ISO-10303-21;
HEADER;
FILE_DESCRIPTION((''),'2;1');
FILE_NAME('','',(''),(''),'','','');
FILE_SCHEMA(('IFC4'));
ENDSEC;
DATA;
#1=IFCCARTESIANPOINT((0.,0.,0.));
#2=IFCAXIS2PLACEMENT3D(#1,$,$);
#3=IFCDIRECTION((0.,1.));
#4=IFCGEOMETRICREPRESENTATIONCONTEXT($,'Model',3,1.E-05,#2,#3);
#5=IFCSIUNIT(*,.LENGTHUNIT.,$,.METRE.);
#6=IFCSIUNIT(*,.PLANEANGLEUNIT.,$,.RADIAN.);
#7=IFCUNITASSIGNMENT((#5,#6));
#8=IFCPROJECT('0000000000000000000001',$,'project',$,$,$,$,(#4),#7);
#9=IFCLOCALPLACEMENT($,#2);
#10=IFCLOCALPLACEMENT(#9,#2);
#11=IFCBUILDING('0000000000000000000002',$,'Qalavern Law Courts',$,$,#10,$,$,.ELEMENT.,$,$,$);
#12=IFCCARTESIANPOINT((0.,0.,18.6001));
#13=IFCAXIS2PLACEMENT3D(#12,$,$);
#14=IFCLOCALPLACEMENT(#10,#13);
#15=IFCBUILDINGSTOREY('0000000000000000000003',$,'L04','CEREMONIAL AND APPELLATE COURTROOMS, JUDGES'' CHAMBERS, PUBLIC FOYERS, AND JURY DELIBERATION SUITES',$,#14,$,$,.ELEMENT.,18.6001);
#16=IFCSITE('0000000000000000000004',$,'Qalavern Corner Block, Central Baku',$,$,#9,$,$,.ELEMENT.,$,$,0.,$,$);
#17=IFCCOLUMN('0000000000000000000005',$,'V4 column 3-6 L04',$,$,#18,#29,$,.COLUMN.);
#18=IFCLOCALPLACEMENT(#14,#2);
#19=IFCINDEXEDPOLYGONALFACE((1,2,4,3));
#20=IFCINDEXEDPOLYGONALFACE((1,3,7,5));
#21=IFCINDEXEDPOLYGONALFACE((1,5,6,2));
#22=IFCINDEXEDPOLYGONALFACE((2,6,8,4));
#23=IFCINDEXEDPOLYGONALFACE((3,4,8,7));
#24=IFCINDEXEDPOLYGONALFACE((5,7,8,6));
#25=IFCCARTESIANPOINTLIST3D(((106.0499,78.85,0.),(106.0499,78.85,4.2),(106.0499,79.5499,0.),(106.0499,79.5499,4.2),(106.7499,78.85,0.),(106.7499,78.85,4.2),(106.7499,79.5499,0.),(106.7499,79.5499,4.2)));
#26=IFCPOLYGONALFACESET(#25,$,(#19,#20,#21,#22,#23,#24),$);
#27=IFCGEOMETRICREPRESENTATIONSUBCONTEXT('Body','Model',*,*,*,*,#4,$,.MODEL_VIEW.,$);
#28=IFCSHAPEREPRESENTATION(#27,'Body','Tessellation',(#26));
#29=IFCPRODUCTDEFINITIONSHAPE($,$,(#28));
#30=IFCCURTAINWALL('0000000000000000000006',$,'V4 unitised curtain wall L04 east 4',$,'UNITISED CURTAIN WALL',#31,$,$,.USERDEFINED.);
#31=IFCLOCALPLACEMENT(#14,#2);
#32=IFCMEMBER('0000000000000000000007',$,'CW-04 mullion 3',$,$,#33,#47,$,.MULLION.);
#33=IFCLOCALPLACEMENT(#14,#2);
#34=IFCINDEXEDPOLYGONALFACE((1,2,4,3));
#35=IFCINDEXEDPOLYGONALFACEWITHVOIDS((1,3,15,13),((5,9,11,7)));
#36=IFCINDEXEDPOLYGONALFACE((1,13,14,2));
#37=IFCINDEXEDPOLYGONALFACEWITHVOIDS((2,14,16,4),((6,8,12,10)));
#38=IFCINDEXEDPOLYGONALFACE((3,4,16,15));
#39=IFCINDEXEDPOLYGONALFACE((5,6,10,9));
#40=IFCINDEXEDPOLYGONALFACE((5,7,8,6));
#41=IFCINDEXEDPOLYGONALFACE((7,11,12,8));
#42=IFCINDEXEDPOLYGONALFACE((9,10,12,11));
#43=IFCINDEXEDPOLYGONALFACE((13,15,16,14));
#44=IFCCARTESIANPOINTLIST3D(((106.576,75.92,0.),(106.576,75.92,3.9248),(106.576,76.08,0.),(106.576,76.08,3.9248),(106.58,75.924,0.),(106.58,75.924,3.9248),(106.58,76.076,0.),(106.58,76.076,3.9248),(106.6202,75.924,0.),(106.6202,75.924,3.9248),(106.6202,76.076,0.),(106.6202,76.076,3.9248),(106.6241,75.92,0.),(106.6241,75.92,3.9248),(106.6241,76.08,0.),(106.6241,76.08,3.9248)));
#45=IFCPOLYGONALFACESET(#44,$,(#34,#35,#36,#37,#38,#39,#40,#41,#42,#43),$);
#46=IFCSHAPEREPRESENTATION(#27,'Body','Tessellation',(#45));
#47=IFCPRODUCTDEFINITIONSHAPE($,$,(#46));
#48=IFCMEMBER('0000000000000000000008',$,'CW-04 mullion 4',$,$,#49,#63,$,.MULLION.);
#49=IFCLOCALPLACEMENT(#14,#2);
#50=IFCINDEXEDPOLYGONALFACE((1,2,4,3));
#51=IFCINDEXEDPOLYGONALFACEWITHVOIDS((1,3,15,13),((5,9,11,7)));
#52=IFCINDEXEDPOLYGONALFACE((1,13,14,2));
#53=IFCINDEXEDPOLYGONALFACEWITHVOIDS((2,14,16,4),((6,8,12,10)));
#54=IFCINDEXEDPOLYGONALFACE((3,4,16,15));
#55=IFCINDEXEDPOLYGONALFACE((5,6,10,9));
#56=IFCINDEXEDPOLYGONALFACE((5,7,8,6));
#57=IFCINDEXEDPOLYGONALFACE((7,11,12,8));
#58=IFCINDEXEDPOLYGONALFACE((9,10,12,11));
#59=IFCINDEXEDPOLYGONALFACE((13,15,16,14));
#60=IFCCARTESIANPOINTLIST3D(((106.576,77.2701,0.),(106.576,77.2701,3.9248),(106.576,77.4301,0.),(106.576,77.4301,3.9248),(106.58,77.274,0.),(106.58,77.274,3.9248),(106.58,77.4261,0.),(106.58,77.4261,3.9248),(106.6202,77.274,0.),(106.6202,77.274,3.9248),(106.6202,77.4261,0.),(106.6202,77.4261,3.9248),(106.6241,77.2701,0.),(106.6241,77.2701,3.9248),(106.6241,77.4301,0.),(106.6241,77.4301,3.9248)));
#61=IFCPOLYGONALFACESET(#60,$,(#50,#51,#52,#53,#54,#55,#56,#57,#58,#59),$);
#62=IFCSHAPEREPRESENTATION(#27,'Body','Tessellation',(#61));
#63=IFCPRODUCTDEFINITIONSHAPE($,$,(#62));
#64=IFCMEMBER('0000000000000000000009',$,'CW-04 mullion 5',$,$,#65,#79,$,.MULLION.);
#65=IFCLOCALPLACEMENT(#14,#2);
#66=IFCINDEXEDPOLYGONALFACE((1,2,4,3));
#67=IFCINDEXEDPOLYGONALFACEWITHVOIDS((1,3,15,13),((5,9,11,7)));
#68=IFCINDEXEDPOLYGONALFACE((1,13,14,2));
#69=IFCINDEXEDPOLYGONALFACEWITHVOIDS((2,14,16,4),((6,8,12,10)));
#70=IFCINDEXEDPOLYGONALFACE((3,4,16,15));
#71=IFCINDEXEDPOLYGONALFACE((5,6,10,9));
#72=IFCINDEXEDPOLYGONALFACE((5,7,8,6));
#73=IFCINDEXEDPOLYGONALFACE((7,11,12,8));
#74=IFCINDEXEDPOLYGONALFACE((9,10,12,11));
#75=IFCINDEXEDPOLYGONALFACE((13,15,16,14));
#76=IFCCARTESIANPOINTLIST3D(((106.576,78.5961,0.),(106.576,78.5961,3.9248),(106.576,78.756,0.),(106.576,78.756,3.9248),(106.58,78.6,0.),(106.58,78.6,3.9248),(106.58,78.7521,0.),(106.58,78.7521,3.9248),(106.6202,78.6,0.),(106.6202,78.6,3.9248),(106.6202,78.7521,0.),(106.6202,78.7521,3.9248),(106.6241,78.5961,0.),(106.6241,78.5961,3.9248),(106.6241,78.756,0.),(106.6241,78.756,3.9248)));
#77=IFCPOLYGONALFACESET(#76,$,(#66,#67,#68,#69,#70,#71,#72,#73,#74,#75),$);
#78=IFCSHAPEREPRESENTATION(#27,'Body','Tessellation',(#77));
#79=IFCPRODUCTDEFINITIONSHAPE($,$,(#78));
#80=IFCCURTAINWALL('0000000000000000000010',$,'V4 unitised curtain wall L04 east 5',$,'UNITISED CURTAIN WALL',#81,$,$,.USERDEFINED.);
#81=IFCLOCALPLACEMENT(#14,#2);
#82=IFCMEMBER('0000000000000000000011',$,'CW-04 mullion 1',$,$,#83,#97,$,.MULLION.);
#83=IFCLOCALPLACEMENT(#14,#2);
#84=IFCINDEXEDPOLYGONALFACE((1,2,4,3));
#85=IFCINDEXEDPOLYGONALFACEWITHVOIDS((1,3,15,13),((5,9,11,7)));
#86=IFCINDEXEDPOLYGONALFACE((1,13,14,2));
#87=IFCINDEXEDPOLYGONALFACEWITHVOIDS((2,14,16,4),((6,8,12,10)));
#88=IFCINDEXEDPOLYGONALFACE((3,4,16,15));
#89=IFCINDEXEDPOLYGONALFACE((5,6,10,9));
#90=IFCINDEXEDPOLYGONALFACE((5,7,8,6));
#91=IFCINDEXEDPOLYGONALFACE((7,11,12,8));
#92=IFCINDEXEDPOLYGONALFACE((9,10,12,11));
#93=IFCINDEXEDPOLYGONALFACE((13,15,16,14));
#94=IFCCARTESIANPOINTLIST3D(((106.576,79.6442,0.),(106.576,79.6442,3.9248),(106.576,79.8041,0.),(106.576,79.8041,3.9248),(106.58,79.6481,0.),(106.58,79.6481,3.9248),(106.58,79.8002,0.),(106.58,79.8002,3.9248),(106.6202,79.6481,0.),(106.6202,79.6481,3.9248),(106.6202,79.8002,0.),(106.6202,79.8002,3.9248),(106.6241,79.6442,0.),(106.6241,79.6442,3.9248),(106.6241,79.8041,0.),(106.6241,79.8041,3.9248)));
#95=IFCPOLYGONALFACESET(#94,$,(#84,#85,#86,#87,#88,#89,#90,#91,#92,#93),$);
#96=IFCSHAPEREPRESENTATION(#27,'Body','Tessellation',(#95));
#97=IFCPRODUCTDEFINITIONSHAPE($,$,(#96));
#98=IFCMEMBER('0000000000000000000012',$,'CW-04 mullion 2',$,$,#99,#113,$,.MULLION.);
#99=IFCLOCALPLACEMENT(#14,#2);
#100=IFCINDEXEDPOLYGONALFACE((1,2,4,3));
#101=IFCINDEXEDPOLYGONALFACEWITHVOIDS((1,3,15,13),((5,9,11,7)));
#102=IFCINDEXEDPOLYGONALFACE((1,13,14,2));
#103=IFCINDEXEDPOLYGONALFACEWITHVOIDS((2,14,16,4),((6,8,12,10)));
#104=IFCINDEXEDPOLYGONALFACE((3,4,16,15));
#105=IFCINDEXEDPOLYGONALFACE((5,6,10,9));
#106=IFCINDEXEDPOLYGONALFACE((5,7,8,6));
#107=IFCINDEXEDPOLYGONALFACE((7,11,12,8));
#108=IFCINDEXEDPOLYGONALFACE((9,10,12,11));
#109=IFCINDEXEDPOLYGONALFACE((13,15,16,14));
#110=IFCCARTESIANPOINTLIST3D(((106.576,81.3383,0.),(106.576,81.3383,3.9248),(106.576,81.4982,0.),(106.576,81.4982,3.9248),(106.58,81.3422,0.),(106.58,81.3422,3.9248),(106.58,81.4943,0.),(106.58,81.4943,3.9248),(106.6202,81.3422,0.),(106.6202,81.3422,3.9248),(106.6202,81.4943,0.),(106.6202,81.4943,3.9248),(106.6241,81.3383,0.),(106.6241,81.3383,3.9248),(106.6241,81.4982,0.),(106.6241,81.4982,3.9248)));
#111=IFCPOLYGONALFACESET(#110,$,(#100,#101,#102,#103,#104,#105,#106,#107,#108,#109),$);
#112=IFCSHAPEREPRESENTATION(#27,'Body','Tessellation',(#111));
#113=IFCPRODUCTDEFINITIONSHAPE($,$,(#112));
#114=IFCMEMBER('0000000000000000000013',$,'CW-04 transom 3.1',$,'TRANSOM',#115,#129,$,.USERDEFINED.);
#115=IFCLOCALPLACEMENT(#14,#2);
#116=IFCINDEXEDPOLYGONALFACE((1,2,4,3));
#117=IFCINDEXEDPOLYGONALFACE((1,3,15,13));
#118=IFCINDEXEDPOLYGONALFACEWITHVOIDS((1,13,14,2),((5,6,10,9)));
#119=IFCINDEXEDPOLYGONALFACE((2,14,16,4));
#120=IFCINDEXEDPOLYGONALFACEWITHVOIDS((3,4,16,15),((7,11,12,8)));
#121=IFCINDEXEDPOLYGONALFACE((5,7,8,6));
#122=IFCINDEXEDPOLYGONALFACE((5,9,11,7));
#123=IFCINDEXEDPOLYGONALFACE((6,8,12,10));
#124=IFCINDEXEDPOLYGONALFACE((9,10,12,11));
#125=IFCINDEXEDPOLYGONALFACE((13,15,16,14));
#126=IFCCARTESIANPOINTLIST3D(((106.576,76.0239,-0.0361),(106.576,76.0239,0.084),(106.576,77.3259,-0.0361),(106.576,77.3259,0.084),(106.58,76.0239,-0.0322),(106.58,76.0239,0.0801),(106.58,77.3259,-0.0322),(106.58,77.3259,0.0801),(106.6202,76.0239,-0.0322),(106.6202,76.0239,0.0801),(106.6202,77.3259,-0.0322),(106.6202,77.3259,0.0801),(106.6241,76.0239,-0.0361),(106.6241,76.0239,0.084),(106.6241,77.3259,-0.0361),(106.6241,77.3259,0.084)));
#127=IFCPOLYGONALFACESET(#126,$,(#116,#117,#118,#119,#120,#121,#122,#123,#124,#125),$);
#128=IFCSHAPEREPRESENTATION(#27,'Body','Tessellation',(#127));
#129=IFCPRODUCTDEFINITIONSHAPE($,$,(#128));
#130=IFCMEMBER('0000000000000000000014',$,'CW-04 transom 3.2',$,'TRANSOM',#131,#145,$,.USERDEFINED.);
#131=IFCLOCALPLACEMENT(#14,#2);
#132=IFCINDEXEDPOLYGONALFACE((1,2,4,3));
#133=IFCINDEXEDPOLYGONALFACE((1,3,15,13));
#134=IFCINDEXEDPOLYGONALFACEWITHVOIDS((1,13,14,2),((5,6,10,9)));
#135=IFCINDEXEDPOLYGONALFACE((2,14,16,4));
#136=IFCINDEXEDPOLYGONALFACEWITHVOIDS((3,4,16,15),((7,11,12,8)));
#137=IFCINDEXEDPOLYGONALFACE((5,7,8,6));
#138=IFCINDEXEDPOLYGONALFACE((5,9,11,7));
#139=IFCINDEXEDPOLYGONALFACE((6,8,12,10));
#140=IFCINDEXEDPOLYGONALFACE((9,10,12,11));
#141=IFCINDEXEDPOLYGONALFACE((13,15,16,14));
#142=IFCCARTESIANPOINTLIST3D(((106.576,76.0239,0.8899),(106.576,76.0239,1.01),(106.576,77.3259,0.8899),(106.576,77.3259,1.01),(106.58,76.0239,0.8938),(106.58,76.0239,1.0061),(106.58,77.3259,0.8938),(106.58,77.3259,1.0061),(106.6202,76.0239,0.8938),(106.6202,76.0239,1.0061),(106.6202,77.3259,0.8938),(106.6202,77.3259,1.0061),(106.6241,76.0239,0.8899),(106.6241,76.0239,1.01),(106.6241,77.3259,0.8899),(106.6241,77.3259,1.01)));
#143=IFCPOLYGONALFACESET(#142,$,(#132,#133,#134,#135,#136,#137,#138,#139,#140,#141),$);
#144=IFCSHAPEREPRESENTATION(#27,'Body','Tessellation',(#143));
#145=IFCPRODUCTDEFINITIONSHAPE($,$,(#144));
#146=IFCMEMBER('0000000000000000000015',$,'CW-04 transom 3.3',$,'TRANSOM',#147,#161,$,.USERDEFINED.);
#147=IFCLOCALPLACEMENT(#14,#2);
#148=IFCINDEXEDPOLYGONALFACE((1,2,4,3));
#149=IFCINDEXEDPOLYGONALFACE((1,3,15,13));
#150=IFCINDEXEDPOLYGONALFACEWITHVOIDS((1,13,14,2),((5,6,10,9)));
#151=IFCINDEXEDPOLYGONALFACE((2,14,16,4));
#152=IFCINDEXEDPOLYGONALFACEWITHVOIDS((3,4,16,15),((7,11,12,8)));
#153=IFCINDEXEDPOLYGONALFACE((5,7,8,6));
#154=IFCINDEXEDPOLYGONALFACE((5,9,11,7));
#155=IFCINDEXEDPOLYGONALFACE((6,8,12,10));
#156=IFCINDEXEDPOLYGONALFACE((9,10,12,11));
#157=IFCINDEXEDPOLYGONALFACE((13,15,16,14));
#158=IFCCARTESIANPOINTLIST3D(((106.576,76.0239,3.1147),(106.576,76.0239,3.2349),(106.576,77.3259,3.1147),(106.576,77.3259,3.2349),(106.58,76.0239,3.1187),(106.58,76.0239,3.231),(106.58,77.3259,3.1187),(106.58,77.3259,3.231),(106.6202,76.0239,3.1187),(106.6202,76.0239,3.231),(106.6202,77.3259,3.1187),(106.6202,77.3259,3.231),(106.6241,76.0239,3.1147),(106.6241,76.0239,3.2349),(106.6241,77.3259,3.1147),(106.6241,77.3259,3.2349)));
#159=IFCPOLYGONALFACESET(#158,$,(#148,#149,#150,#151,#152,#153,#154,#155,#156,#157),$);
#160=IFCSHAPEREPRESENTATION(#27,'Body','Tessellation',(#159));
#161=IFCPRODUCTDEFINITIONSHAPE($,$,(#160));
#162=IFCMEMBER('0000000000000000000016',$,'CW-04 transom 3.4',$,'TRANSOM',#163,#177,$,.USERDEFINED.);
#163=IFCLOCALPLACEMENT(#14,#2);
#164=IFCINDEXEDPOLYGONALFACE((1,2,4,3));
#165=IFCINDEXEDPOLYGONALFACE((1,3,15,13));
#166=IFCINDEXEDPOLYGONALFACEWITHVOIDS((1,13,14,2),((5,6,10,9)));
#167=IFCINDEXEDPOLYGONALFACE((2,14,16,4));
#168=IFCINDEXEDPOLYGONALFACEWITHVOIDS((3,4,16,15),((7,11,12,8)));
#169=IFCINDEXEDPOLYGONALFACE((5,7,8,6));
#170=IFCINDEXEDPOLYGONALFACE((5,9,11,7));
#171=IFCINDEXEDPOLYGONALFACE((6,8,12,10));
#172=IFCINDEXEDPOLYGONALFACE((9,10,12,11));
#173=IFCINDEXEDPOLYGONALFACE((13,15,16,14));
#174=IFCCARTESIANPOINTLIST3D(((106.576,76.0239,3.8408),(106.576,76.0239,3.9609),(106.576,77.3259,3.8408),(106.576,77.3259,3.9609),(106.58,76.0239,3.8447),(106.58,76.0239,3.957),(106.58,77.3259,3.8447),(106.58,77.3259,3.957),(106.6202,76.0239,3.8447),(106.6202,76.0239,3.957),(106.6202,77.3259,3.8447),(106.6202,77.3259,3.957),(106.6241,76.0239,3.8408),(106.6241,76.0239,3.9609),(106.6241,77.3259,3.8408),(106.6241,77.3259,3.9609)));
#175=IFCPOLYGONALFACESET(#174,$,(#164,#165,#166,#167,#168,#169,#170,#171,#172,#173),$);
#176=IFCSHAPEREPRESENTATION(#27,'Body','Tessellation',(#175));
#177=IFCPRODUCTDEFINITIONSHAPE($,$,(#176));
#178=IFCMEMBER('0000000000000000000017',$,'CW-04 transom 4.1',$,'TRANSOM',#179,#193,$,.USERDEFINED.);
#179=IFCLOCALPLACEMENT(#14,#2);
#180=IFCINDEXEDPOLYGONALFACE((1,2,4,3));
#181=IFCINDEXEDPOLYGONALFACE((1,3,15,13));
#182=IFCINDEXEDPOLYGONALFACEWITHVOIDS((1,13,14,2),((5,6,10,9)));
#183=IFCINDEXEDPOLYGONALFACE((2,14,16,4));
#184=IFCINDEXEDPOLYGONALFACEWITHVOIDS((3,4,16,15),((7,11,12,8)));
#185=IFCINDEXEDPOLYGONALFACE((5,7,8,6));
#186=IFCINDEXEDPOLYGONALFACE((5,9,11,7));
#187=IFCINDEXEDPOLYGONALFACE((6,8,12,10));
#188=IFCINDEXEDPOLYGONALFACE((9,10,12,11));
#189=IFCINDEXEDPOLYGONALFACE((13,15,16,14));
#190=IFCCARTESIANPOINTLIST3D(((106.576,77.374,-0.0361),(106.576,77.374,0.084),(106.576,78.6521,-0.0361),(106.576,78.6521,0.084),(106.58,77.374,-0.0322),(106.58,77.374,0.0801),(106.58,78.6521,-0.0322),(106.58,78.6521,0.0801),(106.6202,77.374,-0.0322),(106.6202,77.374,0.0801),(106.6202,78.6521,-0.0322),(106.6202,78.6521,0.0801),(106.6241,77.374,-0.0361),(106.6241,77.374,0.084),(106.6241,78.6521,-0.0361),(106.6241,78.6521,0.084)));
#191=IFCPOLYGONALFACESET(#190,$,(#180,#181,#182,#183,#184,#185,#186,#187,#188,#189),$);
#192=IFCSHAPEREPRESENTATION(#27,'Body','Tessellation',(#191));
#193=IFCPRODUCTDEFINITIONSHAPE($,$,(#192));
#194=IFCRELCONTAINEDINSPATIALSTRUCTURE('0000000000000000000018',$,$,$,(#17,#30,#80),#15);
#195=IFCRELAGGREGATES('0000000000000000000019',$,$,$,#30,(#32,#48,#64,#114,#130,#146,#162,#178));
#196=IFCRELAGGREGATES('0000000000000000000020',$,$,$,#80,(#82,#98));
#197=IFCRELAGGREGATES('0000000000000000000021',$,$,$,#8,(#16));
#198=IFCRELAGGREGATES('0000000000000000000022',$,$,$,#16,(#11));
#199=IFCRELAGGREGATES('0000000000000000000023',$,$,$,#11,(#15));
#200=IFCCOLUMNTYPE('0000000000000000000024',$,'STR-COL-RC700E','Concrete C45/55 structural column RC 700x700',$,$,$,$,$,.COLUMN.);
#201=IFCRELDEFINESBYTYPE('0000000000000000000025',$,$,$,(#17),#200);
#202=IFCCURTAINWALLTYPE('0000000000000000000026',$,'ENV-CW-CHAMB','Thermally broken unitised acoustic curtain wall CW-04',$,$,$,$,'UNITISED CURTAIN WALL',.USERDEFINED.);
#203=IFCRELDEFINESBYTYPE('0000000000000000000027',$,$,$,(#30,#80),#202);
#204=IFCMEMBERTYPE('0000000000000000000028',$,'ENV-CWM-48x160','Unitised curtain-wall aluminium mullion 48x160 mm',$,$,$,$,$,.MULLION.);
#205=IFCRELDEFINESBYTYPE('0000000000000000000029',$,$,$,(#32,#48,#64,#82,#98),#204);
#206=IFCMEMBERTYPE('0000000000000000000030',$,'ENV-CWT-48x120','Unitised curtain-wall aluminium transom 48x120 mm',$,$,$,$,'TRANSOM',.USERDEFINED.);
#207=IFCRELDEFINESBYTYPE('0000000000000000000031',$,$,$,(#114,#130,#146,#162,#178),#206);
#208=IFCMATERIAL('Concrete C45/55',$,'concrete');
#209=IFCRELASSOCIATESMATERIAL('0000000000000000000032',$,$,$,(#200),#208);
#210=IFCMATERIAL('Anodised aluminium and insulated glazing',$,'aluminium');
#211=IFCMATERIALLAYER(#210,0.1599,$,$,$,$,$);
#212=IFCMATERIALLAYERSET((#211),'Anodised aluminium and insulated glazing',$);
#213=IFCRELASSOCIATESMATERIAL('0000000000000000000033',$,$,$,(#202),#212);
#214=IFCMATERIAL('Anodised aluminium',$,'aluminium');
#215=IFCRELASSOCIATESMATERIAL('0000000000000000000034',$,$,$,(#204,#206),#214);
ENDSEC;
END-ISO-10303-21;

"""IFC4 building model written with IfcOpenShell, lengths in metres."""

from ifc_helpers import new_model, si_unit, direction, frame, origin, origin_2d, place, context, subcontext, project, spatial, rectangle, hollow_rectangle, extrude, material, layer, layer_set, material_profile, profile_set, type_object, element, aggregate, save


model = new_model("IFC4")

# Units and contexts
model_context = context("Model", 3, precision=1e-05, world=origin(), true_north=direction((0.0, 1.0)))
body_context = subcontext(model_context, "Body", "Model", "MODEL_VIEW")
ifc_project = project(units=[si_unit("LENGTHUNIT", "METRE"), si_unit("PLANEANGLEUNIT", "RADIAN")], contexts=[model_context])

# Site, building, storey
site_placement = place(None, origin())
site = spatial("IfcSite", under=ifc_project, at=site_placement, Name="Qalavern Corner Block, Central Baku", CompositionType="ELEMENT", RefElevation=0.0)
building_placement = place(site_placement, origin())
building = spatial("IfcBuilding", under=site, at=building_placement, Name="Qalavern Law Courts", CompositionType="ELEMENT")
storey_placement = place(building_placement, frame((0.0, 0.0, 18.6001)))
storey = spatial("IfcBuildingStorey", under=building, at=storey_placement, Name="L04", Description="CEREMONIAL AND APPELLATE COURTROOMS, JUDGES' CHAMBERS, PUBLIC FOYERS, AND JURY DELIBERATION SUITES", CompositionType="ELEMENT", Elevation=18.6001)

# Column
ifc_material_1 = material(Name="Concrete C45/55", Category="concrete")
ifc_material_profile_1 = material_profile(ifc_material_1, rectangle(XDim=0.7, YDim=0.7, at=origin_2d()), Name="RC 700x700")
ifc_profile_set_1 = profile_set([ifc_material_profile_1], Name="Concrete C45/55")
column_type = type_object("IfcColumnType", Name="STR-COL-RC700E", Description="Concrete C45/55 structural column RC 700x700", PredefinedType="COLUMN", material=ifc_profile_set_1)
column_placement = place(storey_placement, frame((106.3999, 79.2, 0.0), z_axis=(0.0, 0.0, 1.0), x_axis=(1.0, 0.0, 0.0)))
element("IfcColumn", 1, at=column_placement, inside=storey, type_object=column_type, Name="V4 column 3-6 L04", PredefinedType="COLUMN", context=body_context, shape_type="SweptSolid", body=[
    extrude(rectangle(XDim=0.7, YDim=0.7, at=origin_2d()), origin(), (0.0, 0.0, 1.0), 4.2),
])

# Curtain walls, members
ifc_material_2 = material(Name="Anodised aluminium and insulated glazing", Category="aluminium")
ifc_layer_1 = layer(ifc_material_2, 0.1599)
ifc_layer_set_1 = layer_set([ifc_layer_1], Name="Anodised aluminium and insulated glazing")
curtain_wall_type = type_object("IfcCurtainWallType", Name="ENV-CW-CHAMB", Description="Thermally broken unitised acoustic curtain wall CW-04", ElementType="UNITISED CURTAIN WALL", PredefinedType="USERDEFINED", material=ifc_layer_set_1)
curtain_wall_1_placement = place(storey_placement, origin())
curtain_wall_1 = element("IfcCurtainWall", 2, at=curtain_wall_1_placement, inside=storey, type_object=curtain_wall_type, Name="V4 unitised curtain wall L04 east 4", ObjectType="UNITISED CURTAIN WALL", PredefinedType="USERDEFINED")
ifc_material_3 = material(Name="Anodised aluminium", Category="aluminium")
ifc_material_profile_2 = material_profile(ifc_material_3, hollow_rectangle(XDim=0.0481, YDim=0.1599, WallThickness=0.0039, at=origin_2d()), Name="ALU MULLION 48x160")
ifc_profile_set_2 = profile_set([ifc_material_profile_2], Name="Anodised aluminium")
member_type_1 = type_object("IfcMemberType", Name="ENV-CWM-48x160", Description="Unitised curtain-wall aluminium mullion 48x160 mm", PredefinedType="MULLION", material=ifc_profile_set_2)
member_1_placement = place(storey_placement, frame((106.6001, 76.0, 0.0), z_axis=(0.0, 0.0, 1.0), x_axis=(-1.0, 0.0, 0.0)))
member_1 = element("IfcMember", 3, at=member_1_placement, type_object=member_type_1, Name="CW-04 mullion 3", PredefinedType="MULLION", context=body_context, shape_type="SweptSolid", body=[
    extrude(hollow_rectangle(XDim=0.0481, YDim=0.1599, WallThickness=0.0039, at=origin_2d()), origin(), (0.0, 0.0, 1.0), 3.9248),
])
member_2_placement = place(storey_placement, frame((106.6001, 77.3501, 0.0), z_axis=(0.0, 0.0, 1.0), x_axis=(-1.0, 0.0, 0.0)))
member_2 = element("IfcMember", 4, at=member_2_placement, type_object=member_type_1, Name="CW-04 mullion 4", PredefinedType="MULLION", context=body_context, shape_type="SweptSolid", body=[
    extrude(hollow_rectangle(XDim=0.0481, YDim=0.1599, WallThickness=0.0039, at=origin_2d()), origin(), (0.0, 0.0, 1.0), 3.9248),
])
member_3_placement = place(storey_placement, frame((106.6001, 78.676, 0.0), z_axis=(0.0, 0.0, 1.0), x_axis=(-1.0, 0.0, 0.0)))
member_3 = element("IfcMember", 5, at=member_3_placement, type_object=member_type_1, Name="CW-04 mullion 5", PredefinedType="MULLION", context=body_context, shape_type="SweptSolid", body=[
    extrude(hollow_rectangle(XDim=0.0481, YDim=0.1599, WallThickness=0.0039, at=origin_2d()), origin(), (0.0, 0.0, 1.0), 3.9248),
])
curtain_wall_2_placement = place(storey_placement, origin())
curtain_wall_2 = element("IfcCurtainWall", 6, at=curtain_wall_2_placement, inside=storey, type_object=curtain_wall_type, Name="V4 unitised curtain wall L04 east 5", ObjectType="UNITISED CURTAIN WALL", PredefinedType="USERDEFINED")
member_4_placement = place(storey_placement, frame((106.6001, 79.7241, 0.0), z_axis=(0.0, 0.0, 1.0), x_axis=(-1.0, 0.0, 0.0)))
member_4 = element("IfcMember", 7, at=member_4_placement, type_object=member_type_1, Name="CW-04 mullion 1", PredefinedType="MULLION", context=body_context, shape_type="SweptSolid", body=[
    extrude(hollow_rectangle(XDim=0.0481, YDim=0.1599, WallThickness=0.0039, at=origin_2d()), origin(), (0.0, 0.0, 1.0), 3.9248),
])
member_5_placement = place(storey_placement, frame((106.6001, 81.4182, 0.0), z_axis=(0.0, 0.0, 1.0), x_axis=(-1.0, 0.0, 0.0)))
member_5 = element("IfcMember", 8, at=member_5_placement, type_object=member_type_1, Name="CW-04 mullion 2", PredefinedType="MULLION", context=body_context, shape_type="SweptSolid", body=[
    extrude(hollow_rectangle(XDim=0.0481, YDim=0.1599, WallThickness=0.0039, at=origin_2d()), origin(), (0.0, 0.0, 1.0), 3.9248),
])

# Members
ifc_material_profile_3 = material_profile(ifc_material_3, hollow_rectangle(XDim=0.0481, YDim=0.1201, WallThickness=0.0039, at=origin_2d()), Name="ALU TRANSOM 48x120")
ifc_profile_set_3 = profile_set([ifc_material_profile_3], Name="Anodised aluminium")
member_type_2 = type_object("IfcMemberType", Name="ENV-CWT-48x120", Description="Unitised curtain-wall aluminium transom 48x120 mm", ElementType="TRANSOM", PredefinedType="USERDEFINED", material=ifc_profile_set_3)
member_6_placement = place(storey_placement, frame((106.6001, 76.0239, 0.0239), z_axis=(0.0, 1.0, 0.0), x_axis=(-1.0, 0.0, 0.0)))
member_6 = element("IfcMember", 9, at=member_6_placement, type_object=member_type_2, Name="CW-04 transom 3.1", ObjectType="TRANSOM", PredefinedType="USERDEFINED", context=body_context, shape_type="SweptSolid", body=[
    extrude(hollow_rectangle(XDim=0.0481, YDim=0.1201, WallThickness=0.0039, at=origin_2d()), origin(), (0.0, 0.0, 1.0), 1.302),
])
member_7_placement = place(storey_placement, frame((106.6001, 76.0239, 0.95), z_axis=(0.0, 1.0, 0.0), x_axis=(-1.0, 0.0, 0.0)))
member_7 = element("IfcMember", 10, at=member_7_placement, type_object=member_type_2, Name="CW-04 transom 3.2", ObjectType="TRANSOM", PredefinedType="USERDEFINED", context=body_context, shape_type="SweptSolid", body=[
    extrude(hollow_rectangle(XDim=0.0481, YDim=0.1201, WallThickness=0.0039, at=origin_2d()), origin(), (0.0, 0.0, 1.0), 1.302),
])
member_8_placement = place(storey_placement, frame((106.6001, 76.0239, 3.1748), z_axis=(0.0, 1.0, 0.0), x_axis=(-1.0, 0.0, 0.0)))
member_8 = element("IfcMember", 11, at=member_8_placement, type_object=member_type_2, Name="CW-04 transom 3.3", ObjectType="TRANSOM", PredefinedType="USERDEFINED", context=body_context, shape_type="SweptSolid", body=[
    extrude(hollow_rectangle(XDim=0.0481, YDim=0.1201, WallThickness=0.0039, at=origin_2d()), origin(), (0.0, 0.0, 1.0), 1.302),
])
member_9_placement = place(storey_placement, frame((106.6001, 76.0239, 3.9009), z_axis=(0.0, 1.0, 0.0), x_axis=(-1.0, 0.0, 0.0)))
member_9 = element("IfcMember", 12, at=member_9_placement, type_object=member_type_2, Name="CW-04 transom 3.4", ObjectType="TRANSOM", PredefinedType="USERDEFINED", context=body_context, shape_type="SweptSolid", body=[
    extrude(hollow_rectangle(XDim=0.0481, YDim=0.1201, WallThickness=0.0039, at=origin_2d()), origin(), (0.0, 0.0, 1.0), 1.302),
])
member_10_placement = place(storey_placement, frame((106.6001, 77.374, 0.0239), z_axis=(0.0, 1.0, 0.0), x_axis=(-1.0, 0.0, 0.0)))
member_10 = element("IfcMember", 13, at=member_10_placement, type_object=member_type_2, Name="CW-04 transom 4.1", ObjectType="TRANSOM", PredefinedType="USERDEFINED", context=body_context, shape_type="SweptSolid", body=[
    extrude(hollow_rectangle(XDim=0.0481, YDim=0.1201, WallThickness=0.0039, at=origin_2d()), origin(), (0.0, 0.0, 1.0), 1.2781),
])

aggregate(curtain_wall_1, [member_1, member_2, member_3, member_6, member_7, member_8, member_9, member_10])
aggregate(curtain_wall_2, [member_4, member_5])

save(model, "model.ifc")
